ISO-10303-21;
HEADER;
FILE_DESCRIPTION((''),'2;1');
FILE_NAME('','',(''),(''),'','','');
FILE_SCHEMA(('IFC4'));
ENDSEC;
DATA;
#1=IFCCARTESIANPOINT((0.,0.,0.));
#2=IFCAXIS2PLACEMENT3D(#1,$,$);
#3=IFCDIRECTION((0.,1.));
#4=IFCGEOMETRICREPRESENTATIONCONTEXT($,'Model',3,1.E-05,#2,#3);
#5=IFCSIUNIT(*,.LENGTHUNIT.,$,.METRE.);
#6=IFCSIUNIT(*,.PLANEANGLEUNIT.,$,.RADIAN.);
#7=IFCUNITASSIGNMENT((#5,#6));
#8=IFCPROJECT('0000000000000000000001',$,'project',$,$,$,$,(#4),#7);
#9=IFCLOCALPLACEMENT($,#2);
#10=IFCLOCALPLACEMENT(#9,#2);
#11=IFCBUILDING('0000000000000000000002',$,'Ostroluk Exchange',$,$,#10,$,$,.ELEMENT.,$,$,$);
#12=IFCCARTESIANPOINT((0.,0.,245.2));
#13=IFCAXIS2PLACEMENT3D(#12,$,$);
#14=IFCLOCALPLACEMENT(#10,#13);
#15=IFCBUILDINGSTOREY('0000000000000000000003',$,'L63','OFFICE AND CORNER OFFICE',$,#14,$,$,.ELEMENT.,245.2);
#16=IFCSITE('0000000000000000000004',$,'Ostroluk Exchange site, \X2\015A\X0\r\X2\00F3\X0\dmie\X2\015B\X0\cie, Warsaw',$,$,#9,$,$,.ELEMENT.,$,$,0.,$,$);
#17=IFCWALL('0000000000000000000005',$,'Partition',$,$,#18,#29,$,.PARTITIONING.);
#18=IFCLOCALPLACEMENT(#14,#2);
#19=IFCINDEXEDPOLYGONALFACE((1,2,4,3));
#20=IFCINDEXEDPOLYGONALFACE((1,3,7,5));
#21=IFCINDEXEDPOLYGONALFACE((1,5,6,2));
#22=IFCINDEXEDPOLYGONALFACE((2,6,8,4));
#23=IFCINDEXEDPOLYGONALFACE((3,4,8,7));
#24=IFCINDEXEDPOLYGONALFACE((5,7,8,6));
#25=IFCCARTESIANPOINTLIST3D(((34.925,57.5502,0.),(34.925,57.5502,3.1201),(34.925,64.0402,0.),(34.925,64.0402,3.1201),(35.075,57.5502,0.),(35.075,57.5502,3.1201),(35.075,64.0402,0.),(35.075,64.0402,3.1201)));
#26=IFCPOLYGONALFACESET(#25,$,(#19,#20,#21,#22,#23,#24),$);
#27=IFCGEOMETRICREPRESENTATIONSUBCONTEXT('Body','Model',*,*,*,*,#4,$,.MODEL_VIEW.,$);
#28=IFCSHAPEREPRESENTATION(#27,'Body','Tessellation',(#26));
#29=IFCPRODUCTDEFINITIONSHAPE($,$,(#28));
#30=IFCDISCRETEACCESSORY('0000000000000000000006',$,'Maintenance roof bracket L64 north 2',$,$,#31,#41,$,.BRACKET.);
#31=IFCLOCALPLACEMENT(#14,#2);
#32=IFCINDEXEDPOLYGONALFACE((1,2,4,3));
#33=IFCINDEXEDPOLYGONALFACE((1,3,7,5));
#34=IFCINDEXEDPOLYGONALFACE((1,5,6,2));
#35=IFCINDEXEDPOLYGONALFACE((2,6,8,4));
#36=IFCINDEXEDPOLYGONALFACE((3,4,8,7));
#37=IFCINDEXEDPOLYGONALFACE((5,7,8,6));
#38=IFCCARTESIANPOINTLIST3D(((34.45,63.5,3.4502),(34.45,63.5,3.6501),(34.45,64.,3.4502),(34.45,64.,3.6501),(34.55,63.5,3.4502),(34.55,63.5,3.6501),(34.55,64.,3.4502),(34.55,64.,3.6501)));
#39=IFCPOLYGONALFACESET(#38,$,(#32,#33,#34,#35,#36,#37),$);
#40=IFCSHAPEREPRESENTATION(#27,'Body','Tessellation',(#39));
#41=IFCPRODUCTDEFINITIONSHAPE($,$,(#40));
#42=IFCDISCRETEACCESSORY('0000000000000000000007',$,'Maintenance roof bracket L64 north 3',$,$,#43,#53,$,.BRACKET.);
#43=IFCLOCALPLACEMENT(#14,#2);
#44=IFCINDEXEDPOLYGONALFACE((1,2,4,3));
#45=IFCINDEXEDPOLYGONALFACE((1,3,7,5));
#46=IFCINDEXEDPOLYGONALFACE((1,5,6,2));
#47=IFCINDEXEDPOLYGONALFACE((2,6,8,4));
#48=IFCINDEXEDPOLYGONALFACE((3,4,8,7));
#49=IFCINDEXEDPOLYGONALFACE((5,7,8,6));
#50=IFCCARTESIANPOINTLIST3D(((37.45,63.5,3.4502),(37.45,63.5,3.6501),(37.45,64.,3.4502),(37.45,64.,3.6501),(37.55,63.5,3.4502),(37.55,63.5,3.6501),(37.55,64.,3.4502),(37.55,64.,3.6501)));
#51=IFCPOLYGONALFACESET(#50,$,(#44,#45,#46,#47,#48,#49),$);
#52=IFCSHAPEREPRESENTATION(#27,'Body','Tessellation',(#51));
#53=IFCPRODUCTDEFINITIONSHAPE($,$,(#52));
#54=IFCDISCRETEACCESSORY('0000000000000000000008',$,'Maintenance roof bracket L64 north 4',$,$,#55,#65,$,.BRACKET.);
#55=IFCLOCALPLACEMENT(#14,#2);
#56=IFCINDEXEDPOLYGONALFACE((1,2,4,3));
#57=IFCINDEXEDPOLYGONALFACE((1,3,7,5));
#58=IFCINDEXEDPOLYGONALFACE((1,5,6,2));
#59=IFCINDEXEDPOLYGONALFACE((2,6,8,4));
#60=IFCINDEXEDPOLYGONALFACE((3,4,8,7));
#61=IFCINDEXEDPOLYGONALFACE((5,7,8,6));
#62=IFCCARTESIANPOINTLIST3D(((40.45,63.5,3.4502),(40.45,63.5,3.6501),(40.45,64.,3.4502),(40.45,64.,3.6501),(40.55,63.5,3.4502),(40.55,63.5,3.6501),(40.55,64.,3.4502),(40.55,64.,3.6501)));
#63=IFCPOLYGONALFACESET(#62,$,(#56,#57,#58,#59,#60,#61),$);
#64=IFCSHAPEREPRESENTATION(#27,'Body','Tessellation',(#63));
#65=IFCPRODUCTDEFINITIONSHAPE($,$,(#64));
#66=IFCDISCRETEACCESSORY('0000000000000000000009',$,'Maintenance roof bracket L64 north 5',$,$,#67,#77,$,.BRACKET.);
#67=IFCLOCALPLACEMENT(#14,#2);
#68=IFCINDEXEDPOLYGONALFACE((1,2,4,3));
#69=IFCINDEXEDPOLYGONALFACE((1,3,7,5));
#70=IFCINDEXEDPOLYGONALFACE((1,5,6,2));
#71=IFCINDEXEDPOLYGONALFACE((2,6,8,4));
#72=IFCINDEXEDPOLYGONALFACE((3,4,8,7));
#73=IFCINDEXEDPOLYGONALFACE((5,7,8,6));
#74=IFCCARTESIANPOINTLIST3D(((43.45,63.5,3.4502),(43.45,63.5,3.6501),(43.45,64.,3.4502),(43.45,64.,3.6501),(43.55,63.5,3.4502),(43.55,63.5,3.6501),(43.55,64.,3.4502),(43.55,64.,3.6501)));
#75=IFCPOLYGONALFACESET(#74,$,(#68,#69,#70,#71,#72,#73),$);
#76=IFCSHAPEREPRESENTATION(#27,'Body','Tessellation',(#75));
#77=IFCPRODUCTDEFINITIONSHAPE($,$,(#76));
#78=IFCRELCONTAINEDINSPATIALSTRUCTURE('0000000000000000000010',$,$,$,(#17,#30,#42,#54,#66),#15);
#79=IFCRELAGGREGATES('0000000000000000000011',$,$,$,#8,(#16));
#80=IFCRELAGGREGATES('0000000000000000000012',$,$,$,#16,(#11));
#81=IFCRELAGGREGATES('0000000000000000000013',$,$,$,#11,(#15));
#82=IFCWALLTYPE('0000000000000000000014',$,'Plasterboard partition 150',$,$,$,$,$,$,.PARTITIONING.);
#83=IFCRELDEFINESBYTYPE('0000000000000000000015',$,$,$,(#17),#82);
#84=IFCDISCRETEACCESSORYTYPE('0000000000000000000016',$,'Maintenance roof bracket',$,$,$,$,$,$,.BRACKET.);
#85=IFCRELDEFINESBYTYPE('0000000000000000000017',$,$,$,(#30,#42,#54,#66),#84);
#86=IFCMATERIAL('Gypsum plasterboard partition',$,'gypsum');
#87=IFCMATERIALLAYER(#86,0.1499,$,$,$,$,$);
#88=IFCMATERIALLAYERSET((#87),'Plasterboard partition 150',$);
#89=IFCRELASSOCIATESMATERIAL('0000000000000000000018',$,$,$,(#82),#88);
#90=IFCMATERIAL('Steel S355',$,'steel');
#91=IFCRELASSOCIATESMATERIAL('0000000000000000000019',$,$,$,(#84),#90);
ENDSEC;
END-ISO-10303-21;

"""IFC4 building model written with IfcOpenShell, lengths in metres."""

from ifc_helpers import new_model, si_unit, direction, frame, frame_2d, origin, origin_2d, place, context, subcontext, project, spatial, rectangle, extrude, material, layer, layer_set, type_object, element, save


model = new_model("IFC4")

# Units and contexts
model_context = context("Model", 3, precision=1e-05, world=origin(), true_north=direction((0.0, 1.0)))
body_context = subcontext(model_context, "Body", "Model", "MODEL_VIEW")
ifc_project = project(units=[si_unit("LENGTHUNIT", "METRE"), si_unit("PLANEANGLEUNIT", "RADIAN")], contexts=[model_context])

# Site, building, storey
site_placement = place(None, origin())
site = spatial("IfcSite", under=ifc_project, at=site_placement, Name="Ostroluk Exchange site, Śródmieście, Warsaw", CompositionType="ELEMENT", RefElevation=0.0)
building_placement = place(site_placement, origin())
building = spatial("IfcBuilding", under=site, at=building_placement, Name="Ostroluk Exchange", CompositionType="ELEMENT")
storey_placement = place(building_placement, frame((0.0, 0.0, 245.2)))
storey = spatial("IfcBuildingStorey", under=building, at=storey_placement, Name="L63", Description="OFFICE AND CORNER OFFICE", CompositionType="ELEMENT", Elevation=245.2)

# Wall
ifc_material_1 = material(Name="Gypsum plasterboard partition", Category="gypsum")
ifc_layer_1 = layer(ifc_material_1, 0.1499)
ifc_layer_set_1 = layer_set([ifc_layer_1], Name="Plasterboard partition 150")
wall_type = type_object("IfcWallType", Name="Plasterboard partition 150", PredefinedType="PARTITIONING", material=ifc_layer_set_1)
for number, where, z_axis, x_axis, name in (
    (1, (35.0, 57.55, 0.0), (0.0, 0.0, 1.0), (0.0, 1.0, 0.0), "Partition"),
):
    element("IfcWall", number, at=place(storey_placement, frame(where, z_axis=z_axis, x_axis=x_axis)), inside=storey, type_object=wall_type, Name=name, PredefinedType="PARTITIONING", context=body_context, shape_type="SweptSolid", body=[
        extrude(rectangle(XDim=6.49, YDim=0.1499, at=frame_2d((3.2451, 0.0))), origin(), (0.0, 0.0, 1.0), 3.1201),
    ])

# Discrete accessories
ifc_material_2 = material(Name="Steel S355", Category="steel")
discrete_accessory_type = type_object("IfcDiscreteAccessoryType", Name="Maintenance roof bracket", PredefinedType="BRACKET", material=ifc_material_2)
for number, where, z_axis, x_axis, name in (
    (2, (34.5, 63.75, 3.4502), (0.0, 0.0, 1.0), (1.0, 0.0, 0.0), "Maintenance roof bracket L64 north 2"),
    (3, (37.5, 63.75, 3.4502), (0.0, 0.0, 1.0), (1.0, 0.0, 0.0), "Maintenance roof bracket L64 north 3"),
    (4, (40.5, 63.75, 3.4502), (0.0, 0.0, 1.0), (1.0, 0.0, 0.0), "Maintenance roof bracket L64 north 4"),
    (5, (43.5, 63.75, 3.4502), (0.0, 0.0, 1.0), (1.0, 0.0, 0.0), "Maintenance roof bracket L64 north 5"),
):
    element("IfcDiscreteAccessory", number, at=place(storey_placement, frame(where, z_axis=z_axis, x_axis=x_axis)), inside=storey, type_object=discrete_accessory_type, Name=name, PredefinedType="BRACKET", context=body_context, shape_type="SweptSolid", body=[
        extrude(rectangle(XDim=0.1001, YDim=0.5, at=origin_2d()), origin(), (0.0, 0.0, 1.0), 0.2),
    ])

save(model, "model.ifc")
